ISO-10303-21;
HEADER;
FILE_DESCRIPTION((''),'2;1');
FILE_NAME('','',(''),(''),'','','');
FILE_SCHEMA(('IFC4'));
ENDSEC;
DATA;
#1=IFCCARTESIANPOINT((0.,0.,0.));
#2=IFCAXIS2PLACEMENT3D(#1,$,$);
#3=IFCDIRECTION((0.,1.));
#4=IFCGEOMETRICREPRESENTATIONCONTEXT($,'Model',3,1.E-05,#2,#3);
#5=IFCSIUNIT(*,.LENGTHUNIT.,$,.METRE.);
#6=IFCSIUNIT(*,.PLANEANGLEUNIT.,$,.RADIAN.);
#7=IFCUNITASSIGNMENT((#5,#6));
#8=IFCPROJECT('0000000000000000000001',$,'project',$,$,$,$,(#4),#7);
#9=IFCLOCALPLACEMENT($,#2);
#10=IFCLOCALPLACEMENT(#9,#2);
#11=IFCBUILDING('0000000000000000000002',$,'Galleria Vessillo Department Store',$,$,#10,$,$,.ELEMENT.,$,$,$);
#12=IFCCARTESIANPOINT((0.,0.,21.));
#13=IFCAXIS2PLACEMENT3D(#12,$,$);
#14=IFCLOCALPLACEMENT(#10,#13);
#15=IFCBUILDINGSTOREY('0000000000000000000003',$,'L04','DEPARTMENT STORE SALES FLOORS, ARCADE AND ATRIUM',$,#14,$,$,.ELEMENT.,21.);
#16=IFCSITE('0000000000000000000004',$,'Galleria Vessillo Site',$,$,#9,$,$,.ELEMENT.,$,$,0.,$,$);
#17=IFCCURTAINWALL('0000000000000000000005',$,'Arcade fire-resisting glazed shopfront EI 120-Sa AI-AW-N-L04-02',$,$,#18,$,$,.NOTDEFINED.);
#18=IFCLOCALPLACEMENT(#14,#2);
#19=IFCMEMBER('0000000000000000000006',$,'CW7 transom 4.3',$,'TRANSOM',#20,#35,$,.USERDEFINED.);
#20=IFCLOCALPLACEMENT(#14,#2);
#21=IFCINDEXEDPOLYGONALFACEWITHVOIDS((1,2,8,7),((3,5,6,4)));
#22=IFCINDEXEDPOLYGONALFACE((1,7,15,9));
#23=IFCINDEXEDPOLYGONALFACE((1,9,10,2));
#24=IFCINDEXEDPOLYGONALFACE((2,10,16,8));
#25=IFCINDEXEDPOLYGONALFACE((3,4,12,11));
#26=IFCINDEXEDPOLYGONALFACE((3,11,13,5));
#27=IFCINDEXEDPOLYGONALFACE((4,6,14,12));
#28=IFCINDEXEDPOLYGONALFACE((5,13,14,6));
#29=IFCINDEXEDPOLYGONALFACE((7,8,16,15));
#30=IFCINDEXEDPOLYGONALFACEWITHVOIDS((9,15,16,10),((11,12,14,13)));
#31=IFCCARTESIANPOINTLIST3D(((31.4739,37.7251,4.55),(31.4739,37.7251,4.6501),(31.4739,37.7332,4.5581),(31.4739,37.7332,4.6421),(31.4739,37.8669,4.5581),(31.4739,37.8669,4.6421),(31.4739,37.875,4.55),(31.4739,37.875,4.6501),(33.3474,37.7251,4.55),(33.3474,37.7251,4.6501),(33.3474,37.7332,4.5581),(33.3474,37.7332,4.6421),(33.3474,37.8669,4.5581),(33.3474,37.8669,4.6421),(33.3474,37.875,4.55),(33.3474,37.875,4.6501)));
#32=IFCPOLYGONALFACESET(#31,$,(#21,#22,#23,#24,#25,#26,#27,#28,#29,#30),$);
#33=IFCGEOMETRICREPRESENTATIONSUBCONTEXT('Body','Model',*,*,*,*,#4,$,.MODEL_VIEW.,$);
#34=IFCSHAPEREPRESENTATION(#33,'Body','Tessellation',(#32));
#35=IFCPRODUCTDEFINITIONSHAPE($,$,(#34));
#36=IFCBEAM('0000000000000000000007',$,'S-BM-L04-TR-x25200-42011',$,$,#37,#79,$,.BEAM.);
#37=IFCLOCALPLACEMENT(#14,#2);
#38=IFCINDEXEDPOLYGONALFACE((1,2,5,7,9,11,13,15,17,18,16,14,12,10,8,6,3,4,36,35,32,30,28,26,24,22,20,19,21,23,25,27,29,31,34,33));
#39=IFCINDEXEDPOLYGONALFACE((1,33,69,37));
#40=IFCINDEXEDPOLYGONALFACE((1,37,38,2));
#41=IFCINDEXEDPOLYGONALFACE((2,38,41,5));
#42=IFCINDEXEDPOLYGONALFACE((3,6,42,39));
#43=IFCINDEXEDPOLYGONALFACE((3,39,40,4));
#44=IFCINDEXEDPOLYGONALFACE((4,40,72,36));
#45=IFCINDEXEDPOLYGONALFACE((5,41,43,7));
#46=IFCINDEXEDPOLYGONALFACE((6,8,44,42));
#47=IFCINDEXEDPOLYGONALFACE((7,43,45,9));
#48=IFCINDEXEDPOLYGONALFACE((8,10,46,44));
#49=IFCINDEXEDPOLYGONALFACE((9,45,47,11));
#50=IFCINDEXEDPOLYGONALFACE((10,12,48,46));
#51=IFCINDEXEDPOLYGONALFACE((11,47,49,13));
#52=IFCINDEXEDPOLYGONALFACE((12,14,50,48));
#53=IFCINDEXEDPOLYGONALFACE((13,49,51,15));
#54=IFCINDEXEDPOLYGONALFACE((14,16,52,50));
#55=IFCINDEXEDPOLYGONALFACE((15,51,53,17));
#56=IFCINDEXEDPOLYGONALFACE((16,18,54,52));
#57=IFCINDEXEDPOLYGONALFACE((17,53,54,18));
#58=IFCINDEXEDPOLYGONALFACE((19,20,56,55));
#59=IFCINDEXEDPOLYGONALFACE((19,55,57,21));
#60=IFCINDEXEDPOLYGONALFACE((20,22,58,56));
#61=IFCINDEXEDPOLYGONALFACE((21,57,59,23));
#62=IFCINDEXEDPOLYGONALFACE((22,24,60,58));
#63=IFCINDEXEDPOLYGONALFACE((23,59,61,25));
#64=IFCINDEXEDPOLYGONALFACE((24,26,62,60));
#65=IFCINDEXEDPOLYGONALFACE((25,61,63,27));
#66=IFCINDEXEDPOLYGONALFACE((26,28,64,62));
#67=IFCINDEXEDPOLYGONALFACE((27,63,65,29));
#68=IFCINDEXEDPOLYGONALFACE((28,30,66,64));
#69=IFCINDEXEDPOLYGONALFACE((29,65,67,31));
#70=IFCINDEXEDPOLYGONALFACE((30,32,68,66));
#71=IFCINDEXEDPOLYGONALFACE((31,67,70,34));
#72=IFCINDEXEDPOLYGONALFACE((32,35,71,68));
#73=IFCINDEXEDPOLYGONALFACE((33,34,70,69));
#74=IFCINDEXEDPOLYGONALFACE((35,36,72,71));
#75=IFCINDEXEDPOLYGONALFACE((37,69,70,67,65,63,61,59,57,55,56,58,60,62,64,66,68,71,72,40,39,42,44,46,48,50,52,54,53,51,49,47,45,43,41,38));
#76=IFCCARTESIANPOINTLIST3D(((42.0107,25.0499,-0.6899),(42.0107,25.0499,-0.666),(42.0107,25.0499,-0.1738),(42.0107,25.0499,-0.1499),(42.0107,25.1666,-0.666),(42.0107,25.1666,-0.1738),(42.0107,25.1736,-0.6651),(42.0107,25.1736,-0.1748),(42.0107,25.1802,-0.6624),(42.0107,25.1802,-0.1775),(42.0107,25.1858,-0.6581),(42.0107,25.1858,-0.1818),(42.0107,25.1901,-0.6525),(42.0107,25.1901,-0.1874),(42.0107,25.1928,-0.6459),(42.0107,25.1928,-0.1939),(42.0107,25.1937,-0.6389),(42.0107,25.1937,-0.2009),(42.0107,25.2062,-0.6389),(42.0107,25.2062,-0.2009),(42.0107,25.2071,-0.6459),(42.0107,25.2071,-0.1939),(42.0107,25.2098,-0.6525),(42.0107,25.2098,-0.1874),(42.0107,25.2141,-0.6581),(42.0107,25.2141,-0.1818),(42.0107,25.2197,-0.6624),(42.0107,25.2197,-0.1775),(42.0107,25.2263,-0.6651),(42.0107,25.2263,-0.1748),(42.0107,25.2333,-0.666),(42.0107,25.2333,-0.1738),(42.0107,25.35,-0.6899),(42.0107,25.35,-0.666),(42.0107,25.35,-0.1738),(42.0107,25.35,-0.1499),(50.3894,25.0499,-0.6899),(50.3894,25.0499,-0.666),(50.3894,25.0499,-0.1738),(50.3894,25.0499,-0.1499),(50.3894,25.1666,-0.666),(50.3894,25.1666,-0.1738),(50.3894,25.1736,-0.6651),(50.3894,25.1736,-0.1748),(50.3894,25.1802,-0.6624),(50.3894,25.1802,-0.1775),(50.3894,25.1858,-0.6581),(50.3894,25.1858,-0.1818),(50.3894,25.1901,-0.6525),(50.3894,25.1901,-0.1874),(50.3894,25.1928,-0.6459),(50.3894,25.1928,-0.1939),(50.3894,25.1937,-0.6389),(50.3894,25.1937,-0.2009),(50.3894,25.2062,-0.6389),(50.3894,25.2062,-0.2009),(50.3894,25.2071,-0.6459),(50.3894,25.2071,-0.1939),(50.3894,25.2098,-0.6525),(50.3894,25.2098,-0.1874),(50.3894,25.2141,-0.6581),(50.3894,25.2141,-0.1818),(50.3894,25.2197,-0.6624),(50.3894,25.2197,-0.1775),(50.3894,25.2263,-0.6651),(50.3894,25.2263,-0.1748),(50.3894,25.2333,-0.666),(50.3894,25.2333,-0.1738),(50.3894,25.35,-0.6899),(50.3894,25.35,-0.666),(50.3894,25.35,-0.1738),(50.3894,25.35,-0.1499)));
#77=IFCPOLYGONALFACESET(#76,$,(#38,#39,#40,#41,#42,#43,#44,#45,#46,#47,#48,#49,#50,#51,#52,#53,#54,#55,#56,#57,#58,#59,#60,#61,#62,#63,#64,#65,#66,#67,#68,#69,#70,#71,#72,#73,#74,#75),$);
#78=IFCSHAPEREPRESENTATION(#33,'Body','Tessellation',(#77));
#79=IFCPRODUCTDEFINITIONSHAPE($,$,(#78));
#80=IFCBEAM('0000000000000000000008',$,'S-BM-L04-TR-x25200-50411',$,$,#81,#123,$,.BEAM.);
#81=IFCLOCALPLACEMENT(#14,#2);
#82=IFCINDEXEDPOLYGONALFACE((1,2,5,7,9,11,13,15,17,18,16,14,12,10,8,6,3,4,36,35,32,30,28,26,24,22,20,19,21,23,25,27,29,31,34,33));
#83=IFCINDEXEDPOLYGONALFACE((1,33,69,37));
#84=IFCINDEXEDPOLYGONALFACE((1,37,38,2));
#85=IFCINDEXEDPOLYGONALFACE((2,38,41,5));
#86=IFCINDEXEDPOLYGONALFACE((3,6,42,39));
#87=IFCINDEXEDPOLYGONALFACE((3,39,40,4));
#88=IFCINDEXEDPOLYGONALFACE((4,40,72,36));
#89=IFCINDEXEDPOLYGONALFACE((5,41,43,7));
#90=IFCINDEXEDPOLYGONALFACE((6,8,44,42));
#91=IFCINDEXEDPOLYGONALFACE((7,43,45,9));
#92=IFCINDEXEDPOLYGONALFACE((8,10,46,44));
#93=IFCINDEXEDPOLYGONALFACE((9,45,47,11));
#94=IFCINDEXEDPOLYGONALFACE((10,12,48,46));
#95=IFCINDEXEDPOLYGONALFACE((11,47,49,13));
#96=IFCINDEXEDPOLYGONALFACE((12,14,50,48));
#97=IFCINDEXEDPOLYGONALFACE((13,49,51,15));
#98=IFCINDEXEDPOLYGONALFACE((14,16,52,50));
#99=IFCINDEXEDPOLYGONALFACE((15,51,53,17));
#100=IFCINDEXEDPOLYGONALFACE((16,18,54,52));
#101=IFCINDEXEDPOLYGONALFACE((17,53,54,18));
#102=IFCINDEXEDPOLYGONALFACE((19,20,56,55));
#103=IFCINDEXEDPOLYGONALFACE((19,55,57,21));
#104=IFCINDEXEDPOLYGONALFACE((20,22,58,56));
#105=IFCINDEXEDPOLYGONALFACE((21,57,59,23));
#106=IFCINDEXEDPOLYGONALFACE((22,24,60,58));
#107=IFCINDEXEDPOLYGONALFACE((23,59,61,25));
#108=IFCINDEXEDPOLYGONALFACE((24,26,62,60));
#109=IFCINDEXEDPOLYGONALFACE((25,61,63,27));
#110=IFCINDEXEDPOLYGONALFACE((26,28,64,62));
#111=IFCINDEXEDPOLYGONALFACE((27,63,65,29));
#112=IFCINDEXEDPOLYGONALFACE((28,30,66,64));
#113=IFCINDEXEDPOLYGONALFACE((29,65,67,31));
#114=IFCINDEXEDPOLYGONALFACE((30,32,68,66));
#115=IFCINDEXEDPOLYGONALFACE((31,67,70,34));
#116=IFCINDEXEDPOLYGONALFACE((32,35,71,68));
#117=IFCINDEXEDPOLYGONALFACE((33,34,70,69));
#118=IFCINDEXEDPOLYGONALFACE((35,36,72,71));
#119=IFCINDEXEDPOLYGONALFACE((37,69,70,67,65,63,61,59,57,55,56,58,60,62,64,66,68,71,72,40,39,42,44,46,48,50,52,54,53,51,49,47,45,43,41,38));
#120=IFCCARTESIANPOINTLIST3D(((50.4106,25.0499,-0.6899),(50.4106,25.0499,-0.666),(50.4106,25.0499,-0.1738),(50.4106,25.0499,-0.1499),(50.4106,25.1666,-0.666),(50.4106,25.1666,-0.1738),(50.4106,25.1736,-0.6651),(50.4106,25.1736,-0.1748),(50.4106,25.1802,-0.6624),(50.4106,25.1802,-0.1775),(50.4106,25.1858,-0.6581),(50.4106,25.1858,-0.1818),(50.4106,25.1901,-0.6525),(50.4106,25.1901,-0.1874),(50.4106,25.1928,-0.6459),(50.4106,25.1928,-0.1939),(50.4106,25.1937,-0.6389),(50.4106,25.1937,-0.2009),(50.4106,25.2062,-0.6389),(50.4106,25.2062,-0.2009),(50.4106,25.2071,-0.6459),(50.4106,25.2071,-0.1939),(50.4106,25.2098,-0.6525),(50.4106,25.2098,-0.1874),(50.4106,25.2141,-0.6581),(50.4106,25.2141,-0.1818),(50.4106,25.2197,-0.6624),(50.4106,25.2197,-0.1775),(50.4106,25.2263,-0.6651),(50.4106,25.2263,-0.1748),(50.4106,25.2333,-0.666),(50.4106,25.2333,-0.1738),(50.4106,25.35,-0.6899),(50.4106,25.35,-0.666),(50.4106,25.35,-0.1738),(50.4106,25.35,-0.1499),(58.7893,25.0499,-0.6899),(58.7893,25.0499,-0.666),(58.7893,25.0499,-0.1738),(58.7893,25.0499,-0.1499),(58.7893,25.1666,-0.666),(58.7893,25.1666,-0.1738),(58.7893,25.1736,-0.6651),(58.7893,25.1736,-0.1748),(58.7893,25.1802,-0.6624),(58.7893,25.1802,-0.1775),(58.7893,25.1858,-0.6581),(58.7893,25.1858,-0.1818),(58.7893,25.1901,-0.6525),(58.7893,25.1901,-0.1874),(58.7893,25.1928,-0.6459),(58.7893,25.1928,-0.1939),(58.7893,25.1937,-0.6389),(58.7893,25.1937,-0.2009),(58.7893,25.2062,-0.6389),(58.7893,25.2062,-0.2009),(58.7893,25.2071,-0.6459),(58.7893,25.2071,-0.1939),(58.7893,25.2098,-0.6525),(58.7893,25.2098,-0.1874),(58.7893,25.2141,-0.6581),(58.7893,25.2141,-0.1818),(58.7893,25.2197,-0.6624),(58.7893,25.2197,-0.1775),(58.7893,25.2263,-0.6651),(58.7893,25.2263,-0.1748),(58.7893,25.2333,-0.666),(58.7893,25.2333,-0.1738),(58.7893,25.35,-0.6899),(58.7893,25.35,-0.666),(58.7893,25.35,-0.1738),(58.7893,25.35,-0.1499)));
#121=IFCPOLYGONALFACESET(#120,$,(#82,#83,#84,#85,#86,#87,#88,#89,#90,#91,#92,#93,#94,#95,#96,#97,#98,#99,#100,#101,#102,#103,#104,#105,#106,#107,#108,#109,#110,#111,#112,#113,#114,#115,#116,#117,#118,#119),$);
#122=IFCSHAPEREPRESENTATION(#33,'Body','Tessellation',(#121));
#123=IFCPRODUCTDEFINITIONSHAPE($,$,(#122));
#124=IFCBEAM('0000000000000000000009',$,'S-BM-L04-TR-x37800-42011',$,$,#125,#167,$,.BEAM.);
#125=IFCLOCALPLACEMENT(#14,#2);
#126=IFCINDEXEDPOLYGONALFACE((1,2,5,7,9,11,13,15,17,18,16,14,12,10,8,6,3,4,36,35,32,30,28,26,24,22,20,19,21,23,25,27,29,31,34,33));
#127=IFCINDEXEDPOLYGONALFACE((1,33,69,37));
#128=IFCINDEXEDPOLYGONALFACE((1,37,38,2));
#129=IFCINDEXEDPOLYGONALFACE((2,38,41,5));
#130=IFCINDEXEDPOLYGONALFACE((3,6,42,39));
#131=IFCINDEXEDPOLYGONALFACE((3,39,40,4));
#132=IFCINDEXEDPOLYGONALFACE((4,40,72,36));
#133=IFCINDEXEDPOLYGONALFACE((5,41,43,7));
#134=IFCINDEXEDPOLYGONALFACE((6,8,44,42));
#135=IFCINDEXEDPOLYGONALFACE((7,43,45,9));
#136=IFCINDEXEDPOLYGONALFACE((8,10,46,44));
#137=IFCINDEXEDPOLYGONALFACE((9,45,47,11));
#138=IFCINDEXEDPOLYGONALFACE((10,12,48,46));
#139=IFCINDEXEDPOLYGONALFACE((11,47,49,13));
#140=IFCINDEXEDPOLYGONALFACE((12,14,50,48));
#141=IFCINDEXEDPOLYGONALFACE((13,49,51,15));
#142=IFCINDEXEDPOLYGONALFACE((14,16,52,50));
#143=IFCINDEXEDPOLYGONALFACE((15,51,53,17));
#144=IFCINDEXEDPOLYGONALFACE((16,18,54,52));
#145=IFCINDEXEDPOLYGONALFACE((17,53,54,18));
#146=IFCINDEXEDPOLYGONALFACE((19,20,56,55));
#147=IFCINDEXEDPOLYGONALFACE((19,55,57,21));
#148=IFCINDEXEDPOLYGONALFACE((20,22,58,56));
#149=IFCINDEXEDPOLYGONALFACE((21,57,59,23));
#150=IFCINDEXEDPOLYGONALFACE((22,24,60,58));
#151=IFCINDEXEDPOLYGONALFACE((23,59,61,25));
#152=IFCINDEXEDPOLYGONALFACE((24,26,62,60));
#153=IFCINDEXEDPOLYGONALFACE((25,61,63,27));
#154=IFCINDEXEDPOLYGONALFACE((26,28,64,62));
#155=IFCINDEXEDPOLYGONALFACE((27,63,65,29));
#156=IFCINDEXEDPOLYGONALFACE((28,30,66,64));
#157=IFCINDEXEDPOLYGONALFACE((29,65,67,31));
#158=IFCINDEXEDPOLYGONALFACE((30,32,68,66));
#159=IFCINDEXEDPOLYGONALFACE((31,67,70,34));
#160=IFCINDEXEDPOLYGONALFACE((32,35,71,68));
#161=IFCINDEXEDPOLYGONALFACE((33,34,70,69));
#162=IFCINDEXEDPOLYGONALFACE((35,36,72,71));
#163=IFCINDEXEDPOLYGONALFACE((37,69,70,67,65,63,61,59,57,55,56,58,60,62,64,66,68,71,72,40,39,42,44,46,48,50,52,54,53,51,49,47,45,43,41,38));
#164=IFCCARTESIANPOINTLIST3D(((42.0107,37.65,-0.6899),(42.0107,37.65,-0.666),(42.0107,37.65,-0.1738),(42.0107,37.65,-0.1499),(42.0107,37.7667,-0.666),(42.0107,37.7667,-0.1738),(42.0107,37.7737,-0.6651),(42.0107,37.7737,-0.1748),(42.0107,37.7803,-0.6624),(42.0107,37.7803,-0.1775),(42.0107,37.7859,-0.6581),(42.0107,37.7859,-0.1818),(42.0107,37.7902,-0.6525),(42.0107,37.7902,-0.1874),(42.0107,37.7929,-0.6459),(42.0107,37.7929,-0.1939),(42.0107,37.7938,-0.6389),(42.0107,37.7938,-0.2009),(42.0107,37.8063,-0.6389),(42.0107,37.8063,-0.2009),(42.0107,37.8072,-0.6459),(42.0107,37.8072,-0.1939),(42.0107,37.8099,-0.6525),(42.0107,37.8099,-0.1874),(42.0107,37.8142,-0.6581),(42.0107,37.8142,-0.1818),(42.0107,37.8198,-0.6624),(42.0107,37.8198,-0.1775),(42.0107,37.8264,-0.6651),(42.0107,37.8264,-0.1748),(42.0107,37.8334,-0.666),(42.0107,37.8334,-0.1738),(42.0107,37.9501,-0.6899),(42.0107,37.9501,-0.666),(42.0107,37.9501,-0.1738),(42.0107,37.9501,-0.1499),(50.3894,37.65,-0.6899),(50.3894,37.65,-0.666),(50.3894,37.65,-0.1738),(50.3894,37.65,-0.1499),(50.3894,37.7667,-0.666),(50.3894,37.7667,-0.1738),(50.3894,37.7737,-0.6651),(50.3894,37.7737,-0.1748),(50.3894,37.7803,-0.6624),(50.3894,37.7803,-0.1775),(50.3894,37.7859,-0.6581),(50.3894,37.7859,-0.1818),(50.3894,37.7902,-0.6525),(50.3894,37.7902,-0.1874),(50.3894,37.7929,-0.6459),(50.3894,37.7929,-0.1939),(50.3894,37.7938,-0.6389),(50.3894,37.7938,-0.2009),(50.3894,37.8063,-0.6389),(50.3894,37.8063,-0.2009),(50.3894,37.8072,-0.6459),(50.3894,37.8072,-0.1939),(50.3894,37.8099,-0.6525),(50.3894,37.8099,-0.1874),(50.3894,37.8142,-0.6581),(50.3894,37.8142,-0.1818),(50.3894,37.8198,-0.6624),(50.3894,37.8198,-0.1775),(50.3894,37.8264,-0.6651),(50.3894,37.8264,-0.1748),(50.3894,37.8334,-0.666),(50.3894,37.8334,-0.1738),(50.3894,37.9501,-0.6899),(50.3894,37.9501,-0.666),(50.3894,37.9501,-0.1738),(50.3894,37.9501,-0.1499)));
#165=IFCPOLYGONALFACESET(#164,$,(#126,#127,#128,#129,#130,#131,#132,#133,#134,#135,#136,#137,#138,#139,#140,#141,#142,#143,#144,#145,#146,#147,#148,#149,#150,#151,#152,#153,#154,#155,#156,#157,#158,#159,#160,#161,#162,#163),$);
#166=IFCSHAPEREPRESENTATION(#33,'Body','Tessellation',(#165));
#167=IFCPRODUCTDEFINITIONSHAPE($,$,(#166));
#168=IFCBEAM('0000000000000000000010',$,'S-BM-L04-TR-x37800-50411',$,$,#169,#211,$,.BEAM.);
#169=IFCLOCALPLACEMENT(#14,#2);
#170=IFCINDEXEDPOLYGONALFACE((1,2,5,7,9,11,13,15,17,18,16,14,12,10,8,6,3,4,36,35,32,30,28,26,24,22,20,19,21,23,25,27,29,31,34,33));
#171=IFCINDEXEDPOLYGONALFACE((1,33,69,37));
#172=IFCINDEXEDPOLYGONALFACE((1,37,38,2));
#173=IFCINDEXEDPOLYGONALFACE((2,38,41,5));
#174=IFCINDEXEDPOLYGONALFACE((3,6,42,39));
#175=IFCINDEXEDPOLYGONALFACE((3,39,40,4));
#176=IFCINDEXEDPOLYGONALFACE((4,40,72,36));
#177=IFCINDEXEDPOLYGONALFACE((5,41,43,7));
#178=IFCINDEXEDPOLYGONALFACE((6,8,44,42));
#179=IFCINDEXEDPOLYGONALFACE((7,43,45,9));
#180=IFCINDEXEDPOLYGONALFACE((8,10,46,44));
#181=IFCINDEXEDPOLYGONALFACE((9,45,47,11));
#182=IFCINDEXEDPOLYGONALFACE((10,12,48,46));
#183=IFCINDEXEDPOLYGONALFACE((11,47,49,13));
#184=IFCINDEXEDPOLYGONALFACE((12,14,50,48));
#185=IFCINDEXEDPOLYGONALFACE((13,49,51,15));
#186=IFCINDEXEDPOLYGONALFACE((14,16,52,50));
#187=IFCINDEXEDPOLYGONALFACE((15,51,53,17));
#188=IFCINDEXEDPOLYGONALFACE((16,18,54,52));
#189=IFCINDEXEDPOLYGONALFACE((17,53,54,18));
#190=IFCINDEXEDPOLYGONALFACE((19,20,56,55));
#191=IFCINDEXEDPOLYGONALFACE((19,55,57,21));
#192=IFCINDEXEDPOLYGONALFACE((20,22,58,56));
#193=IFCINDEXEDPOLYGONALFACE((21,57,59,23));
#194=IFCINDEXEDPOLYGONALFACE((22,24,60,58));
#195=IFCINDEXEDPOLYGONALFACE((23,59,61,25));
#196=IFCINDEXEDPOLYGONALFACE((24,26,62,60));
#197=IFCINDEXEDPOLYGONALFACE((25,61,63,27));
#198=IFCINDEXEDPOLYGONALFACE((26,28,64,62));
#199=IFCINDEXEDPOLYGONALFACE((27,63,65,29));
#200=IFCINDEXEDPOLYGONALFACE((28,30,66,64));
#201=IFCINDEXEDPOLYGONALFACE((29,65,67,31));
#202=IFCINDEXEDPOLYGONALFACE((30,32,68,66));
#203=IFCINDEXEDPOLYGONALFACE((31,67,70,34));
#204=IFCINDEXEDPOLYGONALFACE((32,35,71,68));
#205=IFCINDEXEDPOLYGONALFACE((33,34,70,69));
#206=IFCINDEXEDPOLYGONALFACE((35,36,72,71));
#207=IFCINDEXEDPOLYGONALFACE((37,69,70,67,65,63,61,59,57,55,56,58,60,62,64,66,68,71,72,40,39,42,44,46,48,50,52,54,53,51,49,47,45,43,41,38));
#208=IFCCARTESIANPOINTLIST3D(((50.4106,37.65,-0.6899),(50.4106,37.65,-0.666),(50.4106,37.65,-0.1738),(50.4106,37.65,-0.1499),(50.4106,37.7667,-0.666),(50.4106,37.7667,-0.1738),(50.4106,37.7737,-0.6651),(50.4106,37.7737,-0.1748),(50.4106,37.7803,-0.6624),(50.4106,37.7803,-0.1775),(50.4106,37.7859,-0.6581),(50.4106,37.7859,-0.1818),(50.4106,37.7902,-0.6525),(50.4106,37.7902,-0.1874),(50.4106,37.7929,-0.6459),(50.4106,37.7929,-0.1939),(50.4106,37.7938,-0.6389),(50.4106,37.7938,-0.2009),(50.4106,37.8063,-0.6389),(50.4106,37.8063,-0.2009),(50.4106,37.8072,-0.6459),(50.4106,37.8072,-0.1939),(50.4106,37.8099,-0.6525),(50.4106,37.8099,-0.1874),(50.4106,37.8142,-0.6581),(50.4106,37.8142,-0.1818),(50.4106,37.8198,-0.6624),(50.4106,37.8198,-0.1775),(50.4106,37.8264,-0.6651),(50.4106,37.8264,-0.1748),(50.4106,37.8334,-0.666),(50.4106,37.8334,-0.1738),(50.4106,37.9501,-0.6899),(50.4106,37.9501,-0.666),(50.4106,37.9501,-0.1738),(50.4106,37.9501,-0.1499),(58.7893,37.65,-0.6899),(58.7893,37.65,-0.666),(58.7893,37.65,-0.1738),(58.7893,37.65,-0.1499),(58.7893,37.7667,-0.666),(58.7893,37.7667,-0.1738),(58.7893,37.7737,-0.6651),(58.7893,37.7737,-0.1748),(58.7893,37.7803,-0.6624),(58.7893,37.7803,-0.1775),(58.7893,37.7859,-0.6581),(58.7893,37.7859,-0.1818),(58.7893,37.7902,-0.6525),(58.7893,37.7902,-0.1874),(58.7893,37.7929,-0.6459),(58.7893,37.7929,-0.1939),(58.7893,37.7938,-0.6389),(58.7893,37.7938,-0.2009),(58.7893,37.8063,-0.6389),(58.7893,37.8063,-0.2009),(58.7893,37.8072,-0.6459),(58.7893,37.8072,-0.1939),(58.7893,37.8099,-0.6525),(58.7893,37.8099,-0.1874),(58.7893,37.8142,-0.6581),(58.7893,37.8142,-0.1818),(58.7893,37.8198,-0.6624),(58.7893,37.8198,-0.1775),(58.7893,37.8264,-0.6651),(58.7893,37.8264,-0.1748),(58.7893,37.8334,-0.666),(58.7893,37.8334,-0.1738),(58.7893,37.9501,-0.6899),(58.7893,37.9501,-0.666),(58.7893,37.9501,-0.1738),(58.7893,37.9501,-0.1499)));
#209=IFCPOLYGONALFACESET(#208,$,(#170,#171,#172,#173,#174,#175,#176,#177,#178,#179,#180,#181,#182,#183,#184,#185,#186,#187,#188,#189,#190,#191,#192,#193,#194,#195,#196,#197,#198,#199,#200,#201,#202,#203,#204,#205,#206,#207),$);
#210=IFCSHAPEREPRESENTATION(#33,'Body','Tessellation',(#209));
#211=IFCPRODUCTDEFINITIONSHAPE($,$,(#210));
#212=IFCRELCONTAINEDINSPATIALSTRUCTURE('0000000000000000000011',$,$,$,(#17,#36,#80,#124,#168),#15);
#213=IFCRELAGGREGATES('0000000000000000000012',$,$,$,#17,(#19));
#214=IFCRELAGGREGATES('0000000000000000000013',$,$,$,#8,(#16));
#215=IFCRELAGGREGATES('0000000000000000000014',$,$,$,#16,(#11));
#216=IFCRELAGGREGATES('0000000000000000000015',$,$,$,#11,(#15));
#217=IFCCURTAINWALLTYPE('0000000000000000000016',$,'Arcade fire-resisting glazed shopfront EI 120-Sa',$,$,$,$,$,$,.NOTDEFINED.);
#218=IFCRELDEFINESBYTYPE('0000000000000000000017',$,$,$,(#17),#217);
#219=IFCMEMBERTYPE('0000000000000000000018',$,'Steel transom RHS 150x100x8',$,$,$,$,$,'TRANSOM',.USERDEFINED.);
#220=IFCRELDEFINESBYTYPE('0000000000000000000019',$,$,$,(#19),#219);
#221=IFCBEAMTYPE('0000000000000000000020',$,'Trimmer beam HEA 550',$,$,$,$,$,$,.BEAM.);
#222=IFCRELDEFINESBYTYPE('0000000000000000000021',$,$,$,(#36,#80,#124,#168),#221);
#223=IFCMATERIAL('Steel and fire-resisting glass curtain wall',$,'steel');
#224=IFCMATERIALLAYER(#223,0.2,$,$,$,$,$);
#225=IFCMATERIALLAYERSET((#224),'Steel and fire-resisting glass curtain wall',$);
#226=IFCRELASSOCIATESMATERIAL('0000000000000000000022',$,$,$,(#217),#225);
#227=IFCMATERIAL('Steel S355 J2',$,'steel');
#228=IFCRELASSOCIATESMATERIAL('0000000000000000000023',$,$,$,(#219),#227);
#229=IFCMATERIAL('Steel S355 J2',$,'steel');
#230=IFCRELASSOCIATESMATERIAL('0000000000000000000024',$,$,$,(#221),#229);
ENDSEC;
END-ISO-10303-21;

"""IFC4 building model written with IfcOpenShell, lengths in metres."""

from ifc_helpers import new_model, si_unit, direction, frame, origin, origin_2d, place, context, subcontext, project, spatial, hollow_rectangle, i_section, extrude, material, layer, layer_set, material_profile, profile_set, type_object, element, aggregate, save


model = new_model("IFC4")

# Units and contexts
model_context = context("Model", 3, precision=1e-05, world=origin(), true_north=direction((0.0, 1.0)))
body_context = subcontext(model_context, "Body", "Model", "MODEL_VIEW")
ifc_project = project(units=[si_unit("LENGTHUNIT", "METRE"), si_unit("PLANEANGLEUNIT", "RADIAN")], contexts=[model_context])

# Site, building, storey
site_placement = place(None, origin())
site = spatial("IfcSite", under=ifc_project, at=site_placement, Name="Galleria Vessillo Site", CompositionType="ELEMENT", RefElevation=0.0)
building_placement = place(site_placement, origin())
building = spatial("IfcBuilding", under=site, at=building_placement, Name="Galleria Vessillo Department Store", CompositionType="ELEMENT")
storey_placement = place(building_placement, frame((0.0, 0.0, 21.0)))
storey = spatial("IfcBuildingStorey", under=building, at=storey_placement, Name="L04", Description="DEPARTMENT STORE SALES FLOORS, ARCADE AND ATRIUM", CompositionType="ELEMENT", Elevation=21.0)

# Shared definitions
ifc_material_1 = material(Name="Steel and fire-resisting glass curtain wall", Category="steel")
ifc_layer_1 = layer(ifc_material_1, 0.2)
ifc_layer_set_1 = layer_set([ifc_layer_1], Name="Steel and fire-resisting glass curtain wall")
curtain_wall_type = type_object("IfcCurtainWallType", Name="Arcade fire-resisting glazed shopfront EI 120-Sa", PredefinedType="NOTDEFINED", material=ifc_layer_set_1)

# Curtain wall, member
curtain_wall_1_placement = place(storey_placement, origin())
curtain_wall_1 = element("IfcCurtainWall", 1, at=curtain_wall_1_placement, inside=storey, type_object=curtain_wall_type, Name="Arcade fire-resisting glazed shopfront EI 120-Sa AI-AW-N-L04-02", PredefinedType="NOTDEFINED")
ifc_material_2 = material(Name="Steel S355 J2", Category="steel")
ifc_material_profile_1 = material_profile(ifc_material_2, hollow_rectangle(XDim=0.1499, YDim=0.1001, WallThickness=0.0081, at=origin_2d()), Name="RHS 150x100x8")
ifc_profile_set_1 = profile_set([ifc_material_profile_1], Name="Steel S355 J2")
member_type_1 = type_object("IfcMemberType", Name="Steel transom RHS 150x100x8", ElementType="TRANSOM", PredefinedType="USERDEFINED", material=ifc_profile_set_1)
member_1_placement = place(storey_placement, frame((31.4739, 37.8, 4.6001), z_axis=(1.0, 0.0, 0.0), x_axis=(0.0, 1.0, 0.0)))
member_1 = element("IfcMember", 2, at=member_1_placement, type_object=member_type_1, Name="CW7 transom 4.3", ObjectType="TRANSOM", PredefinedType="USERDEFINED", context=body_context, shape_type="SweptSolid", body=[
    extrude(hollow_rectangle(XDim=0.1499, YDim=0.1001, WallThickness=0.0081, at=origin_2d()), origin(), (0.0, 0.0, 1.0), 1.8735),
])

# Beams
ifc_material_3 = material(Name="Steel S355 J2", Category="steel")
ifc_material_profile_2 = material_profile(ifc_material_3, i_section(OverallWidth=0.3, OverallDepth=0.54, WebThickness=0.0125, FlangeThickness=0.0239, FilletRadius=0.0271, at=origin_2d()), Name="HEA 550")
ifc_profile_set_2 = profile_set([ifc_material_profile_2], Name="Steel S355 J2")
beam_type_1 = type_object("IfcBeamType", Name="Trimmer beam HEA 550", PredefinedType="BEAM", material=ifc_profile_set_2)
for number, where, z_axis, x_axis, name in (
    (3, (42.0107, 25.2, -0.4199), (1.0, 0.0, 0.0), (0.0, 1.0, 0.0), "S-BM-L04-TR-x25200-42011"),
    (4, (50.4106, 25.2, -0.4199), (1.0, 0.0, 0.0), (0.0, 1.0, 0.0), "S-BM-L04-TR-x25200-50411"),
    (5, (42.0107, 37.8, -0.4199), (1.0, 0.0, 0.0), (0.0, 1.0, 0.0), "S-BM-L04-TR-x37800-42011"),
    (6, (50.4106, 37.8, -0.4199), (1.0, 0.0, 0.0), (0.0, 1.0, 0.0), "S-BM-L04-TR-x37800-50411"),
):
    element("IfcBeam", number, at=place(storey_placement, frame(where, z_axis=z_axis, x_axis=x_axis)), inside=storey, type_object=beam_type_1, Name=name, PredefinedType="BEAM", context=body_context, shape_type="SweptSolid", body=[
        extrude(i_section(OverallWidth=0.3, OverallDepth=0.54, WebThickness=0.0125, FlangeThickness=0.0239, FilletRadius=0.0271, at=origin_2d()), origin(), (0.0, 0.0, 1.0), 8.3787),
    ])

aggregate(curtain_wall_1, [member_1])

save(model, "model.ifc")
